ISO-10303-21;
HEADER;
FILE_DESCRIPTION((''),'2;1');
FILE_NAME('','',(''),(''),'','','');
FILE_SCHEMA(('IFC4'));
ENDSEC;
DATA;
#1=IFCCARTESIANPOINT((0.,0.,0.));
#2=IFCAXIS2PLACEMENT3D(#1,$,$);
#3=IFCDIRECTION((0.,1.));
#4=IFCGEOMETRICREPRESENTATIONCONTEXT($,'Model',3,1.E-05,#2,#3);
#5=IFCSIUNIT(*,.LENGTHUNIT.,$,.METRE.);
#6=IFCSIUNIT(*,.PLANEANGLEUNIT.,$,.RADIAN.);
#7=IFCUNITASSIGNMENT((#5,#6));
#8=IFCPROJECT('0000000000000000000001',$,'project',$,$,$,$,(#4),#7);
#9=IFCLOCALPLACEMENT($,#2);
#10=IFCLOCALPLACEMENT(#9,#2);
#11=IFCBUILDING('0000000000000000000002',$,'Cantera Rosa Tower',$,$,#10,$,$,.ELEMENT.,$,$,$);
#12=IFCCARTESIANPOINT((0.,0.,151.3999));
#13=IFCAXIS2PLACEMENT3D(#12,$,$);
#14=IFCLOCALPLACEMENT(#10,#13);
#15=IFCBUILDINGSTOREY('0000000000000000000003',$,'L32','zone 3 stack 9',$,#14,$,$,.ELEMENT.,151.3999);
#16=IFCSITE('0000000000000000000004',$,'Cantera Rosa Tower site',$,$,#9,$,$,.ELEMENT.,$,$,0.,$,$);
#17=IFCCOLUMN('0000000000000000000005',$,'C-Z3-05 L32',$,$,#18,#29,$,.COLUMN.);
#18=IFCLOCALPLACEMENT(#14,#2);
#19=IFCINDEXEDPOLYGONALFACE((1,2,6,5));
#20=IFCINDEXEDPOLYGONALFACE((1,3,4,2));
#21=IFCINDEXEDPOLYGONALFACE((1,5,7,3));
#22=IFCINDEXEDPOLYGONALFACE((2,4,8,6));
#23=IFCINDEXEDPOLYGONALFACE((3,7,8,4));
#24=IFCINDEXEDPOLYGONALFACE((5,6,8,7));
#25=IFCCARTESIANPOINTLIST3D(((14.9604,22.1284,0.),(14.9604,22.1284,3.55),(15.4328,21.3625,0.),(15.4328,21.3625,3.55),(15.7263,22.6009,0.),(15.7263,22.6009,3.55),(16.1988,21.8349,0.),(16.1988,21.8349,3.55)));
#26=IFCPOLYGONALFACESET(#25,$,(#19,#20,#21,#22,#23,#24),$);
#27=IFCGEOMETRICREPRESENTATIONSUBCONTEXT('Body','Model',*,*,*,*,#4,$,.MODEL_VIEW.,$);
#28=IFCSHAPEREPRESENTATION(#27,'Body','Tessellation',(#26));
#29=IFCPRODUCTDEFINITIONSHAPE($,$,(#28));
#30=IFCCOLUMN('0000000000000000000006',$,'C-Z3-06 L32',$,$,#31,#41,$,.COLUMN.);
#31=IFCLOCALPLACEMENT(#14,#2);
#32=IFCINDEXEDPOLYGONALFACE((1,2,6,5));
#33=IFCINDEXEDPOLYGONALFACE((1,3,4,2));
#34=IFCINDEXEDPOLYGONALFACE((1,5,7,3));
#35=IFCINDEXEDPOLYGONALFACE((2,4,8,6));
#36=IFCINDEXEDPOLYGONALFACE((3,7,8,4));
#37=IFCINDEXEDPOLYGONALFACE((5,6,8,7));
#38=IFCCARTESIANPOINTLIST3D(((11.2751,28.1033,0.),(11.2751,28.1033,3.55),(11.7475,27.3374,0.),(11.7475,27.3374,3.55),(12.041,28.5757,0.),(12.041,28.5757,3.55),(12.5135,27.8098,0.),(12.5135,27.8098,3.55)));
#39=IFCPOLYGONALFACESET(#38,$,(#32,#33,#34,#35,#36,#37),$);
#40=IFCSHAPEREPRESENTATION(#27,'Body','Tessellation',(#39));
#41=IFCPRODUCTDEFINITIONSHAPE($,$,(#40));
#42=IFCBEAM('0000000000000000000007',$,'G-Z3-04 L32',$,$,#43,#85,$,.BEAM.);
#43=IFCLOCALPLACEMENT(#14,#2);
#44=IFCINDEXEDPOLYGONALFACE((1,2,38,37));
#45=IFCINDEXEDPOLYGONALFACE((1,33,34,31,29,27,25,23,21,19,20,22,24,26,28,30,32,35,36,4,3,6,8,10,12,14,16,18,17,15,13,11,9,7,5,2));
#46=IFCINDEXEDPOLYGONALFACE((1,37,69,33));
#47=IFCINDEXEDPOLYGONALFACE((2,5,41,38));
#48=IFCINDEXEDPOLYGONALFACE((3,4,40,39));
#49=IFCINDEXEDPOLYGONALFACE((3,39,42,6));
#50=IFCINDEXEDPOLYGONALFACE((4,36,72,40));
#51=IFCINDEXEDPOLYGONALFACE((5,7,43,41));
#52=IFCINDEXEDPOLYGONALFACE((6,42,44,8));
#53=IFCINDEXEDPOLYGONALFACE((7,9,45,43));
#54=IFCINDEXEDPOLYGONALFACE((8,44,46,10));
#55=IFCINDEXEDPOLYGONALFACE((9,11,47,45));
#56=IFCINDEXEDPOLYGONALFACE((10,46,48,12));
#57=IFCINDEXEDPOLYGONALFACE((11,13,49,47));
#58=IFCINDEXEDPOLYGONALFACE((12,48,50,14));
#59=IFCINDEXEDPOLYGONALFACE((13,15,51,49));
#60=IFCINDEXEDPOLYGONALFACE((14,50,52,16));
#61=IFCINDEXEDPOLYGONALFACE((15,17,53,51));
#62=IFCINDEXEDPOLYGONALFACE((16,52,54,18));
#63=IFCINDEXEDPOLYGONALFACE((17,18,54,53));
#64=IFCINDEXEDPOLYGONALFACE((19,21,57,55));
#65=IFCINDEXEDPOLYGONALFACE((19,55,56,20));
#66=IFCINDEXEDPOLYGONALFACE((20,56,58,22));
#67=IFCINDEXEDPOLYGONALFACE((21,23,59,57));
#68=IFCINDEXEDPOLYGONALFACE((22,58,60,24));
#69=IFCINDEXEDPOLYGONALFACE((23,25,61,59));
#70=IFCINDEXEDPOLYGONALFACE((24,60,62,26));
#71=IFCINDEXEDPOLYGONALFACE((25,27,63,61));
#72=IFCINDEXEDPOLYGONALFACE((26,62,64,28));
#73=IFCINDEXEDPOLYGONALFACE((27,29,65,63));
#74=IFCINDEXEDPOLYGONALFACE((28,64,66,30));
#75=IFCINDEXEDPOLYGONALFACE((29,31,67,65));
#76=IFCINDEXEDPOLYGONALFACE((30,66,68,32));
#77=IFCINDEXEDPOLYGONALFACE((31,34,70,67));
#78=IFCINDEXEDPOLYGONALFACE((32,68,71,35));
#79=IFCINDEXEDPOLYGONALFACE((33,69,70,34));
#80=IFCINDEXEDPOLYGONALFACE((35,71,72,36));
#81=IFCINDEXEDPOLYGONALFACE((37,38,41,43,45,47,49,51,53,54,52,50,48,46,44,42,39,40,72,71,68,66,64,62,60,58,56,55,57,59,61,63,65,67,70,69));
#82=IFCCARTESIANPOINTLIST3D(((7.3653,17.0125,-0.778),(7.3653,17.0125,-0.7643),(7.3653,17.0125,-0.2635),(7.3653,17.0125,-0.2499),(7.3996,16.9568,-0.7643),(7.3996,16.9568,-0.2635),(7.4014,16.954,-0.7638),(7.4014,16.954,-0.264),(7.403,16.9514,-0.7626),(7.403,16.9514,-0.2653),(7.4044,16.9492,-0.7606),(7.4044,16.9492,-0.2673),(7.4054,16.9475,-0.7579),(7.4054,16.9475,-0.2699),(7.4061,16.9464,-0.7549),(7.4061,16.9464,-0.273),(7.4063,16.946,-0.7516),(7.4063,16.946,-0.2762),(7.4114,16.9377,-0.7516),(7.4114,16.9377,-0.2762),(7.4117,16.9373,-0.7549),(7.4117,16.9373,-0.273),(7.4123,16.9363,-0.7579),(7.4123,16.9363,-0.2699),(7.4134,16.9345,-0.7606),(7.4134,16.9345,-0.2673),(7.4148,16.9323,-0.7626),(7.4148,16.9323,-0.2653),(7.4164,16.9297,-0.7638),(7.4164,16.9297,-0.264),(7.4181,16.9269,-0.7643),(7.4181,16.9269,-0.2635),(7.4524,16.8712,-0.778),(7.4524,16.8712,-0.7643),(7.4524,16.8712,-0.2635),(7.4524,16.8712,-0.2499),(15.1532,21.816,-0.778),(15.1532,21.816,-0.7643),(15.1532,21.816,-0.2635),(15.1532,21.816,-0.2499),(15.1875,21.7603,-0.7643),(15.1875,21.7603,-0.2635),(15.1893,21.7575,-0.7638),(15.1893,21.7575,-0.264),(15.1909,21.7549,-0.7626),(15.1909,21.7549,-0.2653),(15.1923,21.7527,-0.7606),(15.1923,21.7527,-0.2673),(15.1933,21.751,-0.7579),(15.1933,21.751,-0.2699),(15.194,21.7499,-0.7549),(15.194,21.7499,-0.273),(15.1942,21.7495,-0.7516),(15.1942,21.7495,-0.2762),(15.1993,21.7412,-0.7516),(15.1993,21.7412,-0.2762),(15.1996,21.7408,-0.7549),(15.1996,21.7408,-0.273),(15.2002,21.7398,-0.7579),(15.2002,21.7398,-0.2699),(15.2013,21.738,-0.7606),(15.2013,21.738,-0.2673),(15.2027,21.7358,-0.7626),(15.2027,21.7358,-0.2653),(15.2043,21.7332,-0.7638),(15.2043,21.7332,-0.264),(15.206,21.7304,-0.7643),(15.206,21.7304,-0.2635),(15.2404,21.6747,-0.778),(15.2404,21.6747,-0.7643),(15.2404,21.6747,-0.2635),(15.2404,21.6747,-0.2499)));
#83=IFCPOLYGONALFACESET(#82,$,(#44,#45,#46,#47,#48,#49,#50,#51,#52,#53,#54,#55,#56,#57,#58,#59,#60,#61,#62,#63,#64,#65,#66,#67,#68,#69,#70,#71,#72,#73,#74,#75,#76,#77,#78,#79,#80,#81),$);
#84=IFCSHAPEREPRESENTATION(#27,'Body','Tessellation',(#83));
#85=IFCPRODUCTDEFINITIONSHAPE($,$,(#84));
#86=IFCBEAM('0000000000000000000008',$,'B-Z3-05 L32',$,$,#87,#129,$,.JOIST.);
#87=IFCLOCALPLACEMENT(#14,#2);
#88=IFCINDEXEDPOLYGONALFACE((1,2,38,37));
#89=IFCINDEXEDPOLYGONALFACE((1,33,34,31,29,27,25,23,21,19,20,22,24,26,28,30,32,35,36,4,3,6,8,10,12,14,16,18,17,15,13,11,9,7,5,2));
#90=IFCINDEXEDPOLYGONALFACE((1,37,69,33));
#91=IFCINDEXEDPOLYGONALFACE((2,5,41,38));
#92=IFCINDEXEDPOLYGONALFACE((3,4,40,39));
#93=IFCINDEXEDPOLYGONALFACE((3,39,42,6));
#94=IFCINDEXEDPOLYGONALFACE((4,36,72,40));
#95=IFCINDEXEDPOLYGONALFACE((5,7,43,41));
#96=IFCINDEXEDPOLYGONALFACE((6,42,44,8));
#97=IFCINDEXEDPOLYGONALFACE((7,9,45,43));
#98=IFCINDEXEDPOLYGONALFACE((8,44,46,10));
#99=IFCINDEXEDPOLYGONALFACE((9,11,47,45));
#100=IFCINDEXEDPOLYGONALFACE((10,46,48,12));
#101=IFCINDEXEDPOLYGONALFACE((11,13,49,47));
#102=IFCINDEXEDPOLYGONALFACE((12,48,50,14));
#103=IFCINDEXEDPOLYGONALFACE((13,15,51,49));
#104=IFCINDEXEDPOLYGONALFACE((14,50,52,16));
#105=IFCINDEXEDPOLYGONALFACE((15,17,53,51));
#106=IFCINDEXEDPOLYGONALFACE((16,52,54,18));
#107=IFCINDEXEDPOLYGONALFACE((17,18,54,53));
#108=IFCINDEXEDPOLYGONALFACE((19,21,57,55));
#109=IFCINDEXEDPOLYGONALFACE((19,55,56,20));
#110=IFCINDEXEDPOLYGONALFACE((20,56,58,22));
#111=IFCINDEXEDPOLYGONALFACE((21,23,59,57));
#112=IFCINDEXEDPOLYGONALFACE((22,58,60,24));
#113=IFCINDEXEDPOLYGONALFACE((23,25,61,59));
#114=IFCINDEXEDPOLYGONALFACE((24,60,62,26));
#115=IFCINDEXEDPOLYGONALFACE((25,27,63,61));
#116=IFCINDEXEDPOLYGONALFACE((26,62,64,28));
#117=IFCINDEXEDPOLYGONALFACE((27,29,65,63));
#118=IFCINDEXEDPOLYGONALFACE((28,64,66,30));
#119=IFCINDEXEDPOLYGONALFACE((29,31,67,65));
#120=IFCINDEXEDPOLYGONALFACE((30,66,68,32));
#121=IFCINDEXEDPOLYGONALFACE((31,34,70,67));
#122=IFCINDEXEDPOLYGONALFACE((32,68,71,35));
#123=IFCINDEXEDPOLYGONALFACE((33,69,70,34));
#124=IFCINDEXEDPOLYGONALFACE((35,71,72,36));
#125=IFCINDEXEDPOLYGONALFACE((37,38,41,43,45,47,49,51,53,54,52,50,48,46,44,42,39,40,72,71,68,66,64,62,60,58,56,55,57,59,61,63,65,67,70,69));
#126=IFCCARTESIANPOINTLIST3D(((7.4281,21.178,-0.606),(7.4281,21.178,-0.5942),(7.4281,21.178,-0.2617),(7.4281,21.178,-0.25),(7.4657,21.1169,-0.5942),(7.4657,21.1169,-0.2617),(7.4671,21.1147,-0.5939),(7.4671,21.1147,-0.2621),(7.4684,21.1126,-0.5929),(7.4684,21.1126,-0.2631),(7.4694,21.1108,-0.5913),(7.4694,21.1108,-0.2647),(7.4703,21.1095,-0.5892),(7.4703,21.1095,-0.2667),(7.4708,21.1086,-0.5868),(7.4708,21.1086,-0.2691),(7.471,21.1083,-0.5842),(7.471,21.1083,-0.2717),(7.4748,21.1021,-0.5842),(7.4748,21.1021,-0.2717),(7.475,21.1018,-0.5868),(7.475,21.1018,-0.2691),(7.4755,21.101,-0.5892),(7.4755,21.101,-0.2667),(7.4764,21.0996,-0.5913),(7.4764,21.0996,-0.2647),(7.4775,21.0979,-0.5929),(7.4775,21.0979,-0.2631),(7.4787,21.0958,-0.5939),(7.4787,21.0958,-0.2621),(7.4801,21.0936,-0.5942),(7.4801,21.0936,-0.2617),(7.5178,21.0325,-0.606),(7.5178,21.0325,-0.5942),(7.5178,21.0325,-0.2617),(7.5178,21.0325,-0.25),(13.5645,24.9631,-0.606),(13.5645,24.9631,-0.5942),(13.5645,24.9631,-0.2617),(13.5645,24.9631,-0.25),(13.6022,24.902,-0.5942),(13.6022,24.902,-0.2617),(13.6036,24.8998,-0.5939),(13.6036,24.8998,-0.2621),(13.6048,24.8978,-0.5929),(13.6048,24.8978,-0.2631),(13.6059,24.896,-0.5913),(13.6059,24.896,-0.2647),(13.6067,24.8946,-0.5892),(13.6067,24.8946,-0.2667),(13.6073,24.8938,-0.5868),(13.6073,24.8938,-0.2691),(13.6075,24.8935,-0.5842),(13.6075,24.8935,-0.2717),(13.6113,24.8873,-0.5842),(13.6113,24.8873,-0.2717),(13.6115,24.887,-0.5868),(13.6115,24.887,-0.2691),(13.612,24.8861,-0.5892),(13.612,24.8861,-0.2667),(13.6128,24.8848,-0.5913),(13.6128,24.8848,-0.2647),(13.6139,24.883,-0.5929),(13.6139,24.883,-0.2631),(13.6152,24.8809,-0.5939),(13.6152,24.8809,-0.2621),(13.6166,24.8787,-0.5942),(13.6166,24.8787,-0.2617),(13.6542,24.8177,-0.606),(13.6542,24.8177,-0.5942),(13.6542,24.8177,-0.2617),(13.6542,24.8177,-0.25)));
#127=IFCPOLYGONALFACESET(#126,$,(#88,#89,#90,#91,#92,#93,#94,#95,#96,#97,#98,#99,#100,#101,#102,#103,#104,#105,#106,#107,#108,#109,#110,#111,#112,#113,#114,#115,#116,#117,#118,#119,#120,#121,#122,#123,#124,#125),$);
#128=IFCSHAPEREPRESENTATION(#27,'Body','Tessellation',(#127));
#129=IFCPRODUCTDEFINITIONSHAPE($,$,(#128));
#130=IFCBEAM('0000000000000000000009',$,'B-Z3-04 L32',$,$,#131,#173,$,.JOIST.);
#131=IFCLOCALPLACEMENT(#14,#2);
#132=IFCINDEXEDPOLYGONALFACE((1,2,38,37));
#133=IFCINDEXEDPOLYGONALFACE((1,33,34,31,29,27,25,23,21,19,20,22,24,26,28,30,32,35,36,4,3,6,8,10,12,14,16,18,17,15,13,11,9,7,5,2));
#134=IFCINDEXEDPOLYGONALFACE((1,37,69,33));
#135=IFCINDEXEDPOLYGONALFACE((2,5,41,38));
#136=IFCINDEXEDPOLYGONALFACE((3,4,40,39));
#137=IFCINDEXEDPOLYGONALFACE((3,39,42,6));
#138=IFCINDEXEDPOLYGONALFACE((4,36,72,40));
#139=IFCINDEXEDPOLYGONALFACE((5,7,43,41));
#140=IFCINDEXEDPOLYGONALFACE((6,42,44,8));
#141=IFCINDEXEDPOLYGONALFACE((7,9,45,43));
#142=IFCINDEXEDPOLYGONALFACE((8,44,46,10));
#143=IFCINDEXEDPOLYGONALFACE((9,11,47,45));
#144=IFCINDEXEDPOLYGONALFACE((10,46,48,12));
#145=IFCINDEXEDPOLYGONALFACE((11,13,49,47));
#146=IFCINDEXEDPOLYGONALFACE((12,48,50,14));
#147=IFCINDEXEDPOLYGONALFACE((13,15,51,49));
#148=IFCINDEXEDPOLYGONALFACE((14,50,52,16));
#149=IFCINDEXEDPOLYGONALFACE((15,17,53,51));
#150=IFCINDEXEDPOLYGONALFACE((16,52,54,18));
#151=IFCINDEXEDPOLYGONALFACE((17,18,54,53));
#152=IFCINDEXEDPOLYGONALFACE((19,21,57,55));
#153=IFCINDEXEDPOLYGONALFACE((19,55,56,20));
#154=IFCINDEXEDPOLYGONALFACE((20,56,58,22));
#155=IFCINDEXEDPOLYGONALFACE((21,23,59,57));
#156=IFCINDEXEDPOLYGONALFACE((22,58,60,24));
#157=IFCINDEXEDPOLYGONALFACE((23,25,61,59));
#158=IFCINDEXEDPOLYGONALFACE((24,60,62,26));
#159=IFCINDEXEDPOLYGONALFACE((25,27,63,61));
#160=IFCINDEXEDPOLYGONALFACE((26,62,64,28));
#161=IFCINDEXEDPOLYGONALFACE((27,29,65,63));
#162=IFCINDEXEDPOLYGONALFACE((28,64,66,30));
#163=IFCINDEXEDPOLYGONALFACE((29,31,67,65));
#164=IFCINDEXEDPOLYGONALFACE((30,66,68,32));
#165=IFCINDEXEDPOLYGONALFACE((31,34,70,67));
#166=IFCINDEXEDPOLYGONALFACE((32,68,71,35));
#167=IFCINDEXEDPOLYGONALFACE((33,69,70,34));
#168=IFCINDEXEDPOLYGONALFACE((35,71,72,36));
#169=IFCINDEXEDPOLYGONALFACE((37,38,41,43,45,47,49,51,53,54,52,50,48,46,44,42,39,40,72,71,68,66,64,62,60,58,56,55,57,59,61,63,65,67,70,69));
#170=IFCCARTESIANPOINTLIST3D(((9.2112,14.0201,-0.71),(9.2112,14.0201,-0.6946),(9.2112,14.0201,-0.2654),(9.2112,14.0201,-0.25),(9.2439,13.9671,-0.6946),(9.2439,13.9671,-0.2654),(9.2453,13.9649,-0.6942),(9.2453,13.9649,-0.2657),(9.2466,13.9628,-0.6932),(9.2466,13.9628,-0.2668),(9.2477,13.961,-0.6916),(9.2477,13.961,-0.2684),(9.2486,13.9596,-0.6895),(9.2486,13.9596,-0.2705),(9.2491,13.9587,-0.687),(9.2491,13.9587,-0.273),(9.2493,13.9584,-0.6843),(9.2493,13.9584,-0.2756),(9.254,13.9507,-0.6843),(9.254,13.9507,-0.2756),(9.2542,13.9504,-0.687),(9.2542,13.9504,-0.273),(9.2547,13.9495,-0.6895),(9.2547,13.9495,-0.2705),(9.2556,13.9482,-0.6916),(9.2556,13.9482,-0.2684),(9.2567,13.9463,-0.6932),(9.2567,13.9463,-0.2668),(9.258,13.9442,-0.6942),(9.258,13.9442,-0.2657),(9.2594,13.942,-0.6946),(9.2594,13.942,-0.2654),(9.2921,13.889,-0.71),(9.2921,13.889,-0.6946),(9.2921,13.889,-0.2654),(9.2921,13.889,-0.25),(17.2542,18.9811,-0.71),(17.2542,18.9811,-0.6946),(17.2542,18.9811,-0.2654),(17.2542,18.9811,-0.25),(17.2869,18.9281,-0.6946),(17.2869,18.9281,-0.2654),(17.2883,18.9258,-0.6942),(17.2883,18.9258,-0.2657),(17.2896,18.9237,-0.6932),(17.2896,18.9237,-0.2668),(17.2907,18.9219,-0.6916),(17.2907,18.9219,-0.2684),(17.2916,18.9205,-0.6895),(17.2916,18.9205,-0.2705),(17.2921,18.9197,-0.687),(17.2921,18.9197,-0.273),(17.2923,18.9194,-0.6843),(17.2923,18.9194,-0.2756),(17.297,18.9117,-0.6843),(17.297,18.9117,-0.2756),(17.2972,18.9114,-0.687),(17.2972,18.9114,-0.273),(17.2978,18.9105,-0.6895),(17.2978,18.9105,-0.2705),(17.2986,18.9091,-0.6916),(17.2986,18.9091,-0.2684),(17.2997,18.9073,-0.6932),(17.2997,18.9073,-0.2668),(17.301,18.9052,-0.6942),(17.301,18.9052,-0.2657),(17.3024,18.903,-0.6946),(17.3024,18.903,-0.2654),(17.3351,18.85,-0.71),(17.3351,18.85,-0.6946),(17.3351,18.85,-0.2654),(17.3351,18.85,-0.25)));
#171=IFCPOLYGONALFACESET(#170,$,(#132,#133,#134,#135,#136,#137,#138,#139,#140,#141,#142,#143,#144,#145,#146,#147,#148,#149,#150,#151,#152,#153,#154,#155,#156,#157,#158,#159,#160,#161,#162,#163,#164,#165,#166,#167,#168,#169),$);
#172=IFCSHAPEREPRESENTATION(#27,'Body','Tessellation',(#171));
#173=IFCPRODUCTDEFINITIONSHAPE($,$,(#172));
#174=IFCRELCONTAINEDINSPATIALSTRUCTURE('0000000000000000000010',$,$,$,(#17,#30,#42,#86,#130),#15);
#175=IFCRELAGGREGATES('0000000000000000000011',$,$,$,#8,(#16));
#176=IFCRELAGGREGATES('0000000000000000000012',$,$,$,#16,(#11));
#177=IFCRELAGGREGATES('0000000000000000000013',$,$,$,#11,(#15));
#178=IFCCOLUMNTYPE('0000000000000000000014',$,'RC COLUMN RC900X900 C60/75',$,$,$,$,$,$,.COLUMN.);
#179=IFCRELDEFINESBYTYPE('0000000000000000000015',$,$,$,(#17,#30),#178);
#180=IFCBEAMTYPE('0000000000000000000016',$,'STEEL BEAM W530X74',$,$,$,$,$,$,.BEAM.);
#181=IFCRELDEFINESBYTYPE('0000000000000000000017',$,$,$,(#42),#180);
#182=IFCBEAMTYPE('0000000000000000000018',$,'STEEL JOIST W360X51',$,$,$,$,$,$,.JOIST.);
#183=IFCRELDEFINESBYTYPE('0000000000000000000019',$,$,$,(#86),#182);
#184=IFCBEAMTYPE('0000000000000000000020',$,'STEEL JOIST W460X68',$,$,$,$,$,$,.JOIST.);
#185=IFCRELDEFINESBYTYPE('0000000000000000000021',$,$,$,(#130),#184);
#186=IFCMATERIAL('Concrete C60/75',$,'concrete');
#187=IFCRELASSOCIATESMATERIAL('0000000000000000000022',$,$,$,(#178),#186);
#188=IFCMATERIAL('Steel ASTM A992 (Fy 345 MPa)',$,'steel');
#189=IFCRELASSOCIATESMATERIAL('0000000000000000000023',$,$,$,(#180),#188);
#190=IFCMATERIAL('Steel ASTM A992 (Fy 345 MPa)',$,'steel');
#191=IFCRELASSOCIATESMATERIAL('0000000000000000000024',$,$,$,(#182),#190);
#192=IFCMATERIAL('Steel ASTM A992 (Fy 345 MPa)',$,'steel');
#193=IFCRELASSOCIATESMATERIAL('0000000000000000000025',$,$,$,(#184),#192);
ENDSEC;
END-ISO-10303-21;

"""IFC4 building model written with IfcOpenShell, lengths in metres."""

from ifc_helpers import new_model, si_unit, direction, frame, origin, origin_2d, place, context, subcontext, project, spatial, rectangle, i_section, extrude, material, material_profile, profile_set, type_object, element, save


model = new_model("IFC4")

# Units and contexts
model_context = context("Model", 3, precision=1e-05, world=origin(), true_north=direction((0.0, 1.0)))
body_context = subcontext(model_context, "Body", "Model", "MODEL_VIEW")
ifc_project = project(units=[si_unit("LENGTHUNIT", "METRE"), si_unit("PLANEANGLEUNIT", "RADIAN")], contexts=[model_context])

# Site, building, storey
site_placement = place(None, origin())
site = spatial("IfcSite", under=ifc_project, at=site_placement, Name="Cantera Rosa Tower site", CompositionType="ELEMENT", RefElevation=0.0)
building_placement = place(site_placement, origin())
building = spatial("IfcBuilding", under=site, at=building_placement, Name="Cantera Rosa Tower", CompositionType="ELEMENT")
storey_placement = place(building_placement, frame((0.0, 0.0, 151.3999)))
storey = spatial("IfcBuildingStorey", under=building, at=storey_placement, Name="L32", Description="zone 3 stack 9", CompositionType="ELEMENT", Elevation=151.3999)

# Columns
ifc_material_1 = material(Name="Concrete C60/75", Category="concrete")
ifc_material_profile_1 = material_profile(ifc_material_1, rectangle(XDim=0.8999, YDim=0.8999, at=origin_2d()), Name="RC COLUMN RC900X900 C60/75")
ifc_profile_set_1 = profile_set([ifc_material_profile_1], Name="Concrete C60/75")
column_type = type_object("IfcColumnType", Name="RC COLUMN RC900X900 C60/75", PredefinedType="COLUMN", material=ifc_profile_set_1)
for number, where, z_axis, x_axis, name in (
    (1, (15.5796, 21.9817, 0.0), (0.0, 0.0, 1.0), (0.851117, 0.524977, 0.0), "C-Z3-05 L32"),
    (2, (11.8943, 27.9565, 0.0), (0.0, 0.0, 1.0), (0.851117, 0.524977, 0.0), "C-Z3-06 L32"),
):
    element("IfcColumn", number, at=place(storey_placement, frame(where, z_axis=z_axis, x_axis=x_axis)), inside=storey, type_object=column_type, Name=name, PredefinedType="COLUMN", context=body_context, shape_type="SweptSolid", body=[
        extrude(rectangle(XDim=0.8999, YDim=0.8999, at=origin_2d()), origin(), (0.0, 0.0, 1.0), 3.55),
    ])

# Beams
ifc_material_2 = material(Name="Steel ASTM A992 (Fy 345 MPa)", Category="steel")
ifc_material_profile_2 = material_profile(ifc_material_2, i_section(OverallWidth=0.166, OverallDepth=0.5281, WebThickness=0.0098, FlangeThickness=0.0137, FilletRadius=0.0127, at=origin_2d()), Name="W530X74")
ifc_profile_set_2 = profile_set([ifc_material_profile_2], Name="Steel ASTM A992 (Fy 345 MPa)")
beam_type_1 = type_object("IfcBeamType", Name="STEEL BEAM W530X74", PredefinedType="BEAM", material=ifc_profile_set_2)
beam_1_placement = place(storey_placement, frame((15.1968, 21.7454, -0.5139), z_axis=(-0.851124, -0.524965, 0.0), x_axis=(0.524965, -0.851124, 0.0)))
element("IfcBeam", 3, at=beam_1_placement, inside=storey, type_object=beam_type_1, Name="G-Z3-04 L32", PredefinedType="BEAM", context=body_context, shape_type="SweptSolid", body=[
    extrude(i_section(OverallWidth=0.166, OverallDepth=0.5281, WebThickness=0.0098, FlangeThickness=0.0137, FilletRadius=0.0127, at=origin_2d()), origin(), (0.0, 0.0, 1.0), 9.1501),
])
ifc_material_3 = material(Name="Steel ASTM A992 (Fy 345 MPa)", Category="steel")
ifc_material_profile_3 = material_profile(ifc_material_3, i_section(OverallWidth=0.1709, OverallDepth=0.356, WebThickness=0.0073, FlangeThickness=0.0117, FilletRadius=0.01, at=origin_2d()), Name="W360X51")
ifc_profile_set_3 = profile_set([ifc_material_profile_3], Name="Steel ASTM A992 (Fy 345 MPa)")
beam_type_2 = type_object("IfcBeamType", Name="STEEL JOIST W360X51", PredefinedType="JOIST", material=ifc_profile_set_3)
beam_2_placement = place(storey_placement, frame((13.6094, 24.8904, -0.428), z_axis=(-0.851109, -0.524989, 0.0), x_axis=(0.524989, -0.851109, 0.0)))
element("IfcBeam", 4, at=beam_2_placement, inside=storey, type_object=beam_type_2, Name="B-Z3-05 L32", PredefinedType="JOIST", context=body_context, shape_type="SweptSolid", body=[
    extrude(i_section(OverallWidth=0.1709, OverallDepth=0.356, WebThickness=0.0073, FlangeThickness=0.0117, FilletRadius=0.01, at=origin_2d()), origin(), (0.0, 0.0, 1.0), 7.21),
])
ifc_material_4 = material(Name="Steel ASTM A992 (Fy 345 MPa)", Category="steel")
ifc_material_profile_4 = material_profile(ifc_material_4, i_section(OverallWidth=0.1541, OverallDepth=0.46, WebThickness=0.009, FlangeThickness=0.0154, FilletRadius=0.0103, at=origin_2d()), Name="W460X68")
ifc_profile_set_4 = profile_set([ifc_material_profile_4], Name="Steel ASTM A992 (Fy 345 MPa)")
beam_type_3 = type_object("IfcBeamType", Name="STEEL JOIST W460X68", PredefinedType="JOIST", material=ifc_profile_set_4)
beam_3_placement = place(storey_placement, frame((17.2947, 18.9155, -0.48), z_axis=(-0.851119, -0.524974, 0.0), x_axis=(0.524974, -0.851119, 0.0)))
element("IfcBeam", 5, at=beam_3_placement, inside=storey, type_object=beam_type_3, Name="B-Z3-04 L32", PredefinedType="JOIST", context=body_context, shape_type="SweptSolid", body=[
    extrude(i_section(OverallWidth=0.1541, OverallDepth=0.46, WebThickness=0.009, FlangeThickness=0.0154, FilletRadius=0.0103, at=origin_2d()), origin(), (0.0, 0.0, 1.0), 9.45),
])

save(model, "model.ifc")
